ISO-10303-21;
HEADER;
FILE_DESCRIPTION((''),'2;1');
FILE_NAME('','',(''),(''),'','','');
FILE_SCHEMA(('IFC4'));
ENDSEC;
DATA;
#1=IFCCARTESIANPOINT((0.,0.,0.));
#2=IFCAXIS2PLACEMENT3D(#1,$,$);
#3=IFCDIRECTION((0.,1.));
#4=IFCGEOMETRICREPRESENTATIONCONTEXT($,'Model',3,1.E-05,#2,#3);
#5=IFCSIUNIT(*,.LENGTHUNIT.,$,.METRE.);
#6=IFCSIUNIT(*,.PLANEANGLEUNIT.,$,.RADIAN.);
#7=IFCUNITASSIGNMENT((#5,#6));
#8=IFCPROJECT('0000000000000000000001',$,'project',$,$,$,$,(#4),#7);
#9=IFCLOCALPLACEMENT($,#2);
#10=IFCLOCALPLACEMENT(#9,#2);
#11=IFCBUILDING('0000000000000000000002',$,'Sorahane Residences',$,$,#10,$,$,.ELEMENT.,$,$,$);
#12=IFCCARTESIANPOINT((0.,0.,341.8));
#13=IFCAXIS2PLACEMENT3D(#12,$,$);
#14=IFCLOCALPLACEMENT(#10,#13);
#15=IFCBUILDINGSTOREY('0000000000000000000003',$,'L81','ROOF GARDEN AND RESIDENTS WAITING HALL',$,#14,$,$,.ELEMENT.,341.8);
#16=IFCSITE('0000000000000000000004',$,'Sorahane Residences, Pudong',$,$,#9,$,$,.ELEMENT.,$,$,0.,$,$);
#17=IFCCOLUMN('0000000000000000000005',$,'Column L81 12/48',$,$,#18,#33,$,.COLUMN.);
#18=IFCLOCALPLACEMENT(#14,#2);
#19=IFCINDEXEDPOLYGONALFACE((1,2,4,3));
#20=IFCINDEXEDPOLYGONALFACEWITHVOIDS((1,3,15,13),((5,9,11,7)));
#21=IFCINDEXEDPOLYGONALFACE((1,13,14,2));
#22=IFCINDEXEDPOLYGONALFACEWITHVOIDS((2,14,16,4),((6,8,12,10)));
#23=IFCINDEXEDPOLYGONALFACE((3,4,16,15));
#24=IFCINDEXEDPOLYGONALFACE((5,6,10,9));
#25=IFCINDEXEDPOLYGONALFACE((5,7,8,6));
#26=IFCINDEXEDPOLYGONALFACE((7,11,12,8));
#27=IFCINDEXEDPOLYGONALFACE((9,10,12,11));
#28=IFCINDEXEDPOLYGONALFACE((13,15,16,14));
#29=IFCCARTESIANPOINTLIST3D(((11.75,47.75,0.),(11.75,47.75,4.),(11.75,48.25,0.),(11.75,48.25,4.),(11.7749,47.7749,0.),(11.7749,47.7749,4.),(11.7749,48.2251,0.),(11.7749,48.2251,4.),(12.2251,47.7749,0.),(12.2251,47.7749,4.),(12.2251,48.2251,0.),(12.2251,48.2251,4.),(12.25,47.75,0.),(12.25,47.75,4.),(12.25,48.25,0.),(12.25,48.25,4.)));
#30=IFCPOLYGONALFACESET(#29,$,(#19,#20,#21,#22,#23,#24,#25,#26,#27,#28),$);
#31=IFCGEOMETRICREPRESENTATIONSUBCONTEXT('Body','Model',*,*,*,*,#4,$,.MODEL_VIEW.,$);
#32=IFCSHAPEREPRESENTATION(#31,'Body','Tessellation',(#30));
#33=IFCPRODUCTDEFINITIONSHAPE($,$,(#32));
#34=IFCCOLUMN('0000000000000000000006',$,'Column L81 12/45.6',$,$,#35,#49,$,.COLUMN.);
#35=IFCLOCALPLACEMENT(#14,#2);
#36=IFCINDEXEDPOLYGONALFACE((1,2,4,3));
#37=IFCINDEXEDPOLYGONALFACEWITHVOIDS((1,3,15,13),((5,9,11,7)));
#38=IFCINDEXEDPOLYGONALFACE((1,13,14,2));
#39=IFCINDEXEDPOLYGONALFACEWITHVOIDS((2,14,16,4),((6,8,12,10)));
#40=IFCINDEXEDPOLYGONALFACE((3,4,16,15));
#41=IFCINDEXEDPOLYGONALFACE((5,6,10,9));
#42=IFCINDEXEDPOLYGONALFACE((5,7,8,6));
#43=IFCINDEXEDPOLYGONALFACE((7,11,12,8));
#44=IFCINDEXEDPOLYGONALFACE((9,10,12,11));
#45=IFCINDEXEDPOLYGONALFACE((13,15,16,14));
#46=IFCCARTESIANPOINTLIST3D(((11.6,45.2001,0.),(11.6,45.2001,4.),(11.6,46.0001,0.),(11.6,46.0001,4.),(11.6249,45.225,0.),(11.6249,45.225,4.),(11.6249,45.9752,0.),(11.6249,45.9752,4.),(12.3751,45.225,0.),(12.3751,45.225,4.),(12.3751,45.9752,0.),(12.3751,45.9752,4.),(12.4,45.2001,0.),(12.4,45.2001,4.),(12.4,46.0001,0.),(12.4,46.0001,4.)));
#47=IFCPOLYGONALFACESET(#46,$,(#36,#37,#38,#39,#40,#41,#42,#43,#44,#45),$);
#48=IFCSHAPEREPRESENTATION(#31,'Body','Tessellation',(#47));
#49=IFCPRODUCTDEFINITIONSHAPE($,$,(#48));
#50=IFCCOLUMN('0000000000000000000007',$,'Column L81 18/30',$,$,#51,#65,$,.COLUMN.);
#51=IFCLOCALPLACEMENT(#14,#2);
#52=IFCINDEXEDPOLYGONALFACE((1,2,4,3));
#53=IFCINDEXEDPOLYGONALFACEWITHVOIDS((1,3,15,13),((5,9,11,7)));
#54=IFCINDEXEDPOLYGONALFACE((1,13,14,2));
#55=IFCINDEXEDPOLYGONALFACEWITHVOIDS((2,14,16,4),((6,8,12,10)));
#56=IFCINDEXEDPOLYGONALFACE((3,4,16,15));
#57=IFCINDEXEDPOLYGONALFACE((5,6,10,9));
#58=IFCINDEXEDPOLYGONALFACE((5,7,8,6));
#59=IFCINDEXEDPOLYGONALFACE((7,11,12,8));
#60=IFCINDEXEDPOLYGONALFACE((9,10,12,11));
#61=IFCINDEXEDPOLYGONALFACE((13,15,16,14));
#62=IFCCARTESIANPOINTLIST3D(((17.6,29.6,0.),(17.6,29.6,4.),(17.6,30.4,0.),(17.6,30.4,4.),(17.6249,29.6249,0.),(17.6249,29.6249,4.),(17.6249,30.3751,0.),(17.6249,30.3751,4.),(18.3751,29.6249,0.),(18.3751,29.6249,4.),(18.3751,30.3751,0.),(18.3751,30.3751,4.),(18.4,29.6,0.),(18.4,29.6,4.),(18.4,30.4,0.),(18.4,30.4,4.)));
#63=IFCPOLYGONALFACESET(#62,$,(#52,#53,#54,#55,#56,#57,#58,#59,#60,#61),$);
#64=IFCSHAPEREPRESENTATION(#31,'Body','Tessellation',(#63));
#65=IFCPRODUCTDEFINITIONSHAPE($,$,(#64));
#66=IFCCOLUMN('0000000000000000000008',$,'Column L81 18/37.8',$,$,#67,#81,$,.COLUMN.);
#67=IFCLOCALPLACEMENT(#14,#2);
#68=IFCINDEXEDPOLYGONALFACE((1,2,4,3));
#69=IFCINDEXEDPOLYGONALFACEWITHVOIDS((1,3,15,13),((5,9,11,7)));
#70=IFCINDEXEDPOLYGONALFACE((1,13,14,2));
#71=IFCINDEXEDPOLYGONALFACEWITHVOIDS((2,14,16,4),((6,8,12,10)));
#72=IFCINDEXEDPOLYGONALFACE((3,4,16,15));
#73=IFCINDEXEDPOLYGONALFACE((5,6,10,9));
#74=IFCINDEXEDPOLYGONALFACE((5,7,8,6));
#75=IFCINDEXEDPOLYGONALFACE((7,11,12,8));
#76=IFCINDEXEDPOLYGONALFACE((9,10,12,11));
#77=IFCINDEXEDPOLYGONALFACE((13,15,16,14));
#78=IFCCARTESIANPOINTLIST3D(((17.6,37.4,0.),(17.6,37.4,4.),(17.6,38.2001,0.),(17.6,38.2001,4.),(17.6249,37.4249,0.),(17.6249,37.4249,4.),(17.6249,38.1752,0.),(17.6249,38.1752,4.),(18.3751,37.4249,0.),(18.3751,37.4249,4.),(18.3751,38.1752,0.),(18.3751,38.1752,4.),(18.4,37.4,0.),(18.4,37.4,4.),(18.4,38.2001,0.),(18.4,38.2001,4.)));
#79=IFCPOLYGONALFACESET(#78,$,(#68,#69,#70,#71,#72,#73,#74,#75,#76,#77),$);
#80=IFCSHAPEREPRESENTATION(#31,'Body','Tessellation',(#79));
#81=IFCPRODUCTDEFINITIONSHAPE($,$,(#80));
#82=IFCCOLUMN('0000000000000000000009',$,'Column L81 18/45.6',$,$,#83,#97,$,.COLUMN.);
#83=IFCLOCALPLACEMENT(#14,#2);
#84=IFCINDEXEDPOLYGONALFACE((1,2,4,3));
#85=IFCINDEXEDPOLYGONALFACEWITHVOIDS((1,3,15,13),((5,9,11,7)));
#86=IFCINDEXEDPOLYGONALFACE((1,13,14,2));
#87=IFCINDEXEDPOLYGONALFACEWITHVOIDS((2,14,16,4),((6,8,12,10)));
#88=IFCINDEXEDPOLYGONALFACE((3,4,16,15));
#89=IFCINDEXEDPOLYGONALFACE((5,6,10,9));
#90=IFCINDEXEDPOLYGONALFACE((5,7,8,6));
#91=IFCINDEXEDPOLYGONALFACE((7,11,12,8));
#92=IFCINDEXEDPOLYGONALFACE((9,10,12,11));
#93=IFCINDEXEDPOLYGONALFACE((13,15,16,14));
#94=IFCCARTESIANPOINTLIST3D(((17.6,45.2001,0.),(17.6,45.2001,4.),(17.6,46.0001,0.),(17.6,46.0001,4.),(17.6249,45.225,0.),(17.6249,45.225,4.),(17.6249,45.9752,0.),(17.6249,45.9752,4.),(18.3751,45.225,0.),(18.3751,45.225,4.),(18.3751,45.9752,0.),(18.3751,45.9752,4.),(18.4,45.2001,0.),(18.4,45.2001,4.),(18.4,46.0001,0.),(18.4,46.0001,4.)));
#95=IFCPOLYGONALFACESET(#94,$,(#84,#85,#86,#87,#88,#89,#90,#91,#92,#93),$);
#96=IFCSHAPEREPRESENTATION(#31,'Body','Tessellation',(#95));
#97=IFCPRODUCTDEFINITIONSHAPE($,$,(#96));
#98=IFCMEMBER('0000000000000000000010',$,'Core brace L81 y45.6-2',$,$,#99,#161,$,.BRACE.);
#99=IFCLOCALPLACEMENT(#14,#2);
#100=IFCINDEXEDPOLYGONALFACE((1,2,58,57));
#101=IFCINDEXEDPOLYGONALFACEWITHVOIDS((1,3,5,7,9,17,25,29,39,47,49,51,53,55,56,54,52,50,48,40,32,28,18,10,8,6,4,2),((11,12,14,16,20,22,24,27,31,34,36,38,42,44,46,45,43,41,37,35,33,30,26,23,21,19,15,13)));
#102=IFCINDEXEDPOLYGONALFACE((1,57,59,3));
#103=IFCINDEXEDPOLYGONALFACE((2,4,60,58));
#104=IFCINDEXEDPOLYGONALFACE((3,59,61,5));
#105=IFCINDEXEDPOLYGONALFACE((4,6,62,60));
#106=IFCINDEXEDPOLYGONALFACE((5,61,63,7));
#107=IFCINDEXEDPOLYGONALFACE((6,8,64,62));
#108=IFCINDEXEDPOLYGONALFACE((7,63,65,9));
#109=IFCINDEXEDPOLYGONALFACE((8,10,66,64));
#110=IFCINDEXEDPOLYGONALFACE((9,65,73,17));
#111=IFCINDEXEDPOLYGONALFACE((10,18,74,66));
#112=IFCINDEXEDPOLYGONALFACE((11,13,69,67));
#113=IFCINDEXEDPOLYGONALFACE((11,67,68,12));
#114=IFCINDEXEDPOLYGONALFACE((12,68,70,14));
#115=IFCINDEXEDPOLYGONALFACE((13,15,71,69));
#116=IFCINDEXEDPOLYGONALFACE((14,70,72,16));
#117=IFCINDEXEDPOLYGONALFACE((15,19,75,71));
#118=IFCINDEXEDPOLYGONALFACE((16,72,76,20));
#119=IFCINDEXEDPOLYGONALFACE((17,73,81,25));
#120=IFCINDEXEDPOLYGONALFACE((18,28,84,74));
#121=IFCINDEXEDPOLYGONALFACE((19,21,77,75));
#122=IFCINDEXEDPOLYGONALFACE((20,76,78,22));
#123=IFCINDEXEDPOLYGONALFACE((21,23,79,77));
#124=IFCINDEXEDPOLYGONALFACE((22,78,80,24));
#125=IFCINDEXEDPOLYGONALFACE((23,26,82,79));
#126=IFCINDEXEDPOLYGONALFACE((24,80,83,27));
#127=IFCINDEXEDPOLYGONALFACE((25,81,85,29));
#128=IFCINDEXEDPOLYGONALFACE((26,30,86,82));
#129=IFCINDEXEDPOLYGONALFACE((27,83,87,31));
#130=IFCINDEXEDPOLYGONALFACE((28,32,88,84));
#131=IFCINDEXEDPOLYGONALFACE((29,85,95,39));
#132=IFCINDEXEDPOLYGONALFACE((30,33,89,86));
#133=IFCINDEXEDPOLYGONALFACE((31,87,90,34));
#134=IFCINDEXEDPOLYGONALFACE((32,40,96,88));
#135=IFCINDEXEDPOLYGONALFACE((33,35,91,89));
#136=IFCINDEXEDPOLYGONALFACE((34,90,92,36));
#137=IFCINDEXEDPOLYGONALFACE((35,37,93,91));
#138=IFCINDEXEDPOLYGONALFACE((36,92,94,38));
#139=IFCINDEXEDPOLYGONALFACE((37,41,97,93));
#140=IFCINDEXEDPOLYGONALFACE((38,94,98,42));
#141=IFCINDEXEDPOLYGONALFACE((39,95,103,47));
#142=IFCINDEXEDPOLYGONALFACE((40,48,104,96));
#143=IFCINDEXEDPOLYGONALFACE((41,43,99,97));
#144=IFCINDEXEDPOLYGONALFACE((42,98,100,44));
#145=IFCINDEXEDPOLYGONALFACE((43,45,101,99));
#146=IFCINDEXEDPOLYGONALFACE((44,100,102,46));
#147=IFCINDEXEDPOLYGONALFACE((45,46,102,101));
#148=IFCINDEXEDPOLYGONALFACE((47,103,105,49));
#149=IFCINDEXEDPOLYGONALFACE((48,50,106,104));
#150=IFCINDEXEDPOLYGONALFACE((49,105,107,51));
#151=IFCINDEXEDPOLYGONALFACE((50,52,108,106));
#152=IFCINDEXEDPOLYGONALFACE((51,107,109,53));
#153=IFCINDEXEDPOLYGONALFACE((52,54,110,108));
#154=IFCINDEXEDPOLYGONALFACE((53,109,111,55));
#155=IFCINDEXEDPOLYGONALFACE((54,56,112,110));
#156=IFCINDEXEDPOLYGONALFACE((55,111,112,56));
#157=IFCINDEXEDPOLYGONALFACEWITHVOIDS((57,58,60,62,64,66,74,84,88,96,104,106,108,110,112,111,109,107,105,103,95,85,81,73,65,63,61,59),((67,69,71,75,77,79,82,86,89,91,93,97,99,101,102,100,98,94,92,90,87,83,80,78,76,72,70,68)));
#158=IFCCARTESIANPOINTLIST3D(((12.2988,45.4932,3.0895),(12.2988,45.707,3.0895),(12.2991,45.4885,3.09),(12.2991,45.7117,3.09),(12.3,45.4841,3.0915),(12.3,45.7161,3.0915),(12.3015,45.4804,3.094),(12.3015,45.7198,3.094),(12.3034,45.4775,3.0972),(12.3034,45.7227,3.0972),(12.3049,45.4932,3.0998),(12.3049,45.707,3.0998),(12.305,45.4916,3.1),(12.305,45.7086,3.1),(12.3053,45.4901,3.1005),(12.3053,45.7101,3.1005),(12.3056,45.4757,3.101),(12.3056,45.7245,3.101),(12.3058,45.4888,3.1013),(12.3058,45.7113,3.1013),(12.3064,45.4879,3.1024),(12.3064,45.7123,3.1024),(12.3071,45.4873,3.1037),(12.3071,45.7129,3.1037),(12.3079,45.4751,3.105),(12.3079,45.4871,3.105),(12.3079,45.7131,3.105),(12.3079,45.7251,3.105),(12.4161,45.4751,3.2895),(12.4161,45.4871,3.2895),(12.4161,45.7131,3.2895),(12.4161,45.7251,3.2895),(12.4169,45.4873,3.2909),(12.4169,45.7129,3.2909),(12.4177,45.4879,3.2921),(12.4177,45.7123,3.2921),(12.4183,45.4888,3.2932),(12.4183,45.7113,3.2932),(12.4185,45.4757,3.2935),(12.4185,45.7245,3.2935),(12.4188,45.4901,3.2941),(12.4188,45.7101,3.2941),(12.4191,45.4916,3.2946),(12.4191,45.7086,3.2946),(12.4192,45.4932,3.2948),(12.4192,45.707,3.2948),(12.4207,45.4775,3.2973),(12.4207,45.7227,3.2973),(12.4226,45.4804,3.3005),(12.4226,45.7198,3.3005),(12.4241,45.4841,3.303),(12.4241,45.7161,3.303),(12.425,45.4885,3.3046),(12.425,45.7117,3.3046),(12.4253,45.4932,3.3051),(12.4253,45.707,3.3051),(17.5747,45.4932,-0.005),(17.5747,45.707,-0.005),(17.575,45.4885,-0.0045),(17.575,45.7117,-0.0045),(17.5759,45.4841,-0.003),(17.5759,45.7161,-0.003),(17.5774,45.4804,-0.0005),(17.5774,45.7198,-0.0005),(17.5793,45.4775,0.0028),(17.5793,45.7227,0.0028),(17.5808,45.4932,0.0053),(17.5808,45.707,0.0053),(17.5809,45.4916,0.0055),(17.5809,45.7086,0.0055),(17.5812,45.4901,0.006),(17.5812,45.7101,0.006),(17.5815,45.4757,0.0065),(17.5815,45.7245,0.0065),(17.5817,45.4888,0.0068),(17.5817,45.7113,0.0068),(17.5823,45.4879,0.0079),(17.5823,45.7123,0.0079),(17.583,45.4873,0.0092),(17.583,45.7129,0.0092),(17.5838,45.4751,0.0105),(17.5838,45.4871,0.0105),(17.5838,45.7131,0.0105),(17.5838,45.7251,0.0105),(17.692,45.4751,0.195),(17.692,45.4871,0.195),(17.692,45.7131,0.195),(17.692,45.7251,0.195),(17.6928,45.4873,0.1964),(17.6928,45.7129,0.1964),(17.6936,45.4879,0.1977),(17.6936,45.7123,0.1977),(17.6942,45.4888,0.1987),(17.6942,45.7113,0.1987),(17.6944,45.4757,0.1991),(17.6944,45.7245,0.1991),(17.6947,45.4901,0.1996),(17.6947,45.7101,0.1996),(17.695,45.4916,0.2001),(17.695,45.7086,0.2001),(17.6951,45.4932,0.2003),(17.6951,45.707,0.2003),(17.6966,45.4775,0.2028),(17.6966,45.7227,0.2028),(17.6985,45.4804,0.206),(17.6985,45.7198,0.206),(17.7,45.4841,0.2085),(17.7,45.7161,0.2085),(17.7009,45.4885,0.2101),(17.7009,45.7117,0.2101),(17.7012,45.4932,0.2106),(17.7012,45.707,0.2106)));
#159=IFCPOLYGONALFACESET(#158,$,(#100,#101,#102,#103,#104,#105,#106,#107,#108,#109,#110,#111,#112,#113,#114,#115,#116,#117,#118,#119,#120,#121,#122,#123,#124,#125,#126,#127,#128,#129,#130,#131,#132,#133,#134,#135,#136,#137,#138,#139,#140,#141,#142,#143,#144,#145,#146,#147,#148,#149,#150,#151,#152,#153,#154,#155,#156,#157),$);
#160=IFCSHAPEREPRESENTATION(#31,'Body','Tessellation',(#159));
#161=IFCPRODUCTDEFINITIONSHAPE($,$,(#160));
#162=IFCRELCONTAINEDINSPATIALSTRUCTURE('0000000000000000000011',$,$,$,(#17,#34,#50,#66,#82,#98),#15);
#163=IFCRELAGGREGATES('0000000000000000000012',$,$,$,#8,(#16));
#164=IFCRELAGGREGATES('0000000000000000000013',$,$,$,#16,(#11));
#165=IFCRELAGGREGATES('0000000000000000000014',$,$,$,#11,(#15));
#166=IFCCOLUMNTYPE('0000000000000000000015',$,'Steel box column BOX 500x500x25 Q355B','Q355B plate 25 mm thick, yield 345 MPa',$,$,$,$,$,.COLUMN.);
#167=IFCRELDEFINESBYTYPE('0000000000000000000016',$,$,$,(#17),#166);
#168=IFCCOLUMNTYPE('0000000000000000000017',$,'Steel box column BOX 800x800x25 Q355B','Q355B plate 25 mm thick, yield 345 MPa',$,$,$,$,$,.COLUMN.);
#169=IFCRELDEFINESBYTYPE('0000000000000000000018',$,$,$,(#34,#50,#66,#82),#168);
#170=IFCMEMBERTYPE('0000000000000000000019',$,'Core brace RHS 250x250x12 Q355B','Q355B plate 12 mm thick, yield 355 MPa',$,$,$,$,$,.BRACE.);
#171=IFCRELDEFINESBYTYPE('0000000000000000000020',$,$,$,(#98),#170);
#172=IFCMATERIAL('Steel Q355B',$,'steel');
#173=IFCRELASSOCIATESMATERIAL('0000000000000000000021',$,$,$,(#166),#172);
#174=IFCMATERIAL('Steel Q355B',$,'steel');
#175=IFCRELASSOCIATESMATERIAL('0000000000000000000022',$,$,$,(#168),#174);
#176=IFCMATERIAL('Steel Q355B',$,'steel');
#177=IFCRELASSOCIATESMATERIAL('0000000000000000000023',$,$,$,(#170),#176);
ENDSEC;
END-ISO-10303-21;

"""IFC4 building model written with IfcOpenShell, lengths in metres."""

from ifc_helpers import new_model, si_unit, direction, frame, origin, origin_2d, place, context, subcontext, project, spatial, hollow_rectangle, extrude, material, material_profile, profile_set, type_object, element, save


model = new_model("IFC4")

# Units and contexts
model_context = context("Model", 3, precision=1e-05, world=origin(), true_north=direction((0.0, 1.0)))
body_context = subcontext(model_context, "Body", "Model", "MODEL_VIEW")
ifc_project = project(units=[si_unit("LENGTHUNIT", "METRE"), si_unit("PLANEANGLEUNIT", "RADIAN")], contexts=[model_context])

# Site, building, storey
site_placement = place(None, origin())
site = spatial("IfcSite", under=ifc_project, at=site_placement, Name="Sorahane Residences, Pudong", CompositionType="ELEMENT", RefElevation=0.0)
building_placement = place(site_placement, origin())
building = spatial("IfcBuilding", under=site, at=building_placement, Name="Sorahane Residences", CompositionType="ELEMENT")
storey_placement = place(building_placement, frame((0.0, 0.0, 341.8)))
storey = spatial("IfcBuildingStorey", under=building, at=storey_placement, Name="L81", Description="ROOF GARDEN AND RESIDENTS WAITING HALL", CompositionType="ELEMENT", Elevation=341.8)

# Columns
ifc_material_1 = material(Name="Steel Q355B", Category="steel")
ifc_material_profile_1 = material_profile(ifc_material_1, hollow_rectangle(XDim=0.5, YDim=0.5, WallThickness=0.0249, at=origin_2d()), Name="BOX 500x500x25")
ifc_profile_set_1 = profile_set([ifc_material_profile_1], Name="Steel Q355B")
column_type_1 = type_object("IfcColumnType", Name="Steel box column BOX 500x500x25 Q355B", Description="Q355B plate 25 mm thick, yield 345 MPa", PredefinedType="COLUMN", material=ifc_profile_set_1)
column_placement = place(storey_placement, frame((12.0, 48.0, 0.0), z_axis=(0.0, 0.0, 1.0), x_axis=(1.0, 0.0, 0.0)))
element("IfcColumn", 1, at=column_placement, inside=storey, type_object=column_type_1, Name="Column L81 12/48", PredefinedType="COLUMN", context=body_context, shape_type="SweptSolid", body=[
    extrude(hollow_rectangle(XDim=0.5, YDim=0.5, WallThickness=0.0249, at=origin_2d()), origin(), (0.0, 0.0, 1.0), 4.0),
])
ifc_material_2 = material(Name="Steel Q355B", Category="steel")
ifc_material_profile_2 = material_profile(ifc_material_2, hollow_rectangle(XDim=0.8, YDim=0.8, WallThickness=0.0249, at=origin_2d()), Name="BOX 800x800x25")
ifc_profile_set_2 = profile_set([ifc_material_profile_2], Name="Steel Q355B")
column_type_2 = type_object("IfcColumnType", Name="Steel box column BOX 800x800x25 Q355B", Description="Q355B plate 25 mm thick, yield 345 MPa", PredefinedType="COLUMN", material=ifc_profile_set_2)
for number, where, z_axis, x_axis, name in (
    (2, (12.0, 45.6001, 0.0), (0.0, 0.0, 1.0), (1.0, 0.0, 0.0), "Column L81 12/45.6"),
    (3, (18.0, 30.0, 0.0), (0.0, 0.0, 1.0), (1.0, 0.0, 0.0), "Column L81 18/30"),
    (4, (18.0, 37.8, 0.0), (0.0, 0.0, 1.0), (1.0, 0.0, 0.0), "Column L81 18/37.8"),
    (5, (18.0, 45.6001, 0.0), (0.0, 0.0, 1.0), (1.0, 0.0, 0.0), "Column L81 18/45.6"),
):
    element("IfcColumn", number, at=place(storey_placement, frame(where, z_axis=z_axis, x_axis=x_axis)), inside=storey, type_object=column_type_2, Name=name, PredefinedType="COLUMN", context=body_context, shape_type="SweptSolid", body=[
        extrude(hollow_rectangle(XDim=0.8, YDim=0.8, WallThickness=0.0249, at=origin_2d()), origin(), (0.0, 0.0, 1.0), 4.0),
    ])

# Member
ifc_material_3 = material(Name="Steel Q355B", Category="steel")
ifc_material_profile_3 = material_profile(ifc_material_3, hollow_rectangle(XDim=0.25, YDim=0.25, WallThickness=0.012, InnerFilletRadius=0.0061, OuterFilletRadius=0.0181, at=origin_2d()), Name="RHS 250x250x12")
ifc_profile_set_3 = profile_set([ifc_material_profile_3], Name="Steel Q355B")
member_type_1 = type_object("IfcMemberType", Name="Core brace RHS 250x250x12 Q355B", Description="Q355B plate 12 mm thick, yield 355 MPa", PredefinedType="BRACE", material=ifc_profile_set_3)
member_1_placement = place(storey_placement, frame((17.6379, 45.6001, 0.1028), z_axis=(-0.862575, 0.0, 0.505929), x_axis=(0.0, -1.0, 0.0)))
element("IfcMember", 6, at=member_1_placement, inside=storey, type_object=member_type_1, Name="Core brace L81 y45.6-2", PredefinedType="BRACE", context=body_context, shape_type="SweptSolid", body=[
    extrude(hollow_rectangle(XDim=0.25, YDim=0.25, WallThickness=0.012, InnerFilletRadius=0.0061, OuterFilletRadius=0.0181, at=origin_2d()), origin(), (0.0, 0.0, 1.0), 6.1165),
])

save(model, "model.ifc")
